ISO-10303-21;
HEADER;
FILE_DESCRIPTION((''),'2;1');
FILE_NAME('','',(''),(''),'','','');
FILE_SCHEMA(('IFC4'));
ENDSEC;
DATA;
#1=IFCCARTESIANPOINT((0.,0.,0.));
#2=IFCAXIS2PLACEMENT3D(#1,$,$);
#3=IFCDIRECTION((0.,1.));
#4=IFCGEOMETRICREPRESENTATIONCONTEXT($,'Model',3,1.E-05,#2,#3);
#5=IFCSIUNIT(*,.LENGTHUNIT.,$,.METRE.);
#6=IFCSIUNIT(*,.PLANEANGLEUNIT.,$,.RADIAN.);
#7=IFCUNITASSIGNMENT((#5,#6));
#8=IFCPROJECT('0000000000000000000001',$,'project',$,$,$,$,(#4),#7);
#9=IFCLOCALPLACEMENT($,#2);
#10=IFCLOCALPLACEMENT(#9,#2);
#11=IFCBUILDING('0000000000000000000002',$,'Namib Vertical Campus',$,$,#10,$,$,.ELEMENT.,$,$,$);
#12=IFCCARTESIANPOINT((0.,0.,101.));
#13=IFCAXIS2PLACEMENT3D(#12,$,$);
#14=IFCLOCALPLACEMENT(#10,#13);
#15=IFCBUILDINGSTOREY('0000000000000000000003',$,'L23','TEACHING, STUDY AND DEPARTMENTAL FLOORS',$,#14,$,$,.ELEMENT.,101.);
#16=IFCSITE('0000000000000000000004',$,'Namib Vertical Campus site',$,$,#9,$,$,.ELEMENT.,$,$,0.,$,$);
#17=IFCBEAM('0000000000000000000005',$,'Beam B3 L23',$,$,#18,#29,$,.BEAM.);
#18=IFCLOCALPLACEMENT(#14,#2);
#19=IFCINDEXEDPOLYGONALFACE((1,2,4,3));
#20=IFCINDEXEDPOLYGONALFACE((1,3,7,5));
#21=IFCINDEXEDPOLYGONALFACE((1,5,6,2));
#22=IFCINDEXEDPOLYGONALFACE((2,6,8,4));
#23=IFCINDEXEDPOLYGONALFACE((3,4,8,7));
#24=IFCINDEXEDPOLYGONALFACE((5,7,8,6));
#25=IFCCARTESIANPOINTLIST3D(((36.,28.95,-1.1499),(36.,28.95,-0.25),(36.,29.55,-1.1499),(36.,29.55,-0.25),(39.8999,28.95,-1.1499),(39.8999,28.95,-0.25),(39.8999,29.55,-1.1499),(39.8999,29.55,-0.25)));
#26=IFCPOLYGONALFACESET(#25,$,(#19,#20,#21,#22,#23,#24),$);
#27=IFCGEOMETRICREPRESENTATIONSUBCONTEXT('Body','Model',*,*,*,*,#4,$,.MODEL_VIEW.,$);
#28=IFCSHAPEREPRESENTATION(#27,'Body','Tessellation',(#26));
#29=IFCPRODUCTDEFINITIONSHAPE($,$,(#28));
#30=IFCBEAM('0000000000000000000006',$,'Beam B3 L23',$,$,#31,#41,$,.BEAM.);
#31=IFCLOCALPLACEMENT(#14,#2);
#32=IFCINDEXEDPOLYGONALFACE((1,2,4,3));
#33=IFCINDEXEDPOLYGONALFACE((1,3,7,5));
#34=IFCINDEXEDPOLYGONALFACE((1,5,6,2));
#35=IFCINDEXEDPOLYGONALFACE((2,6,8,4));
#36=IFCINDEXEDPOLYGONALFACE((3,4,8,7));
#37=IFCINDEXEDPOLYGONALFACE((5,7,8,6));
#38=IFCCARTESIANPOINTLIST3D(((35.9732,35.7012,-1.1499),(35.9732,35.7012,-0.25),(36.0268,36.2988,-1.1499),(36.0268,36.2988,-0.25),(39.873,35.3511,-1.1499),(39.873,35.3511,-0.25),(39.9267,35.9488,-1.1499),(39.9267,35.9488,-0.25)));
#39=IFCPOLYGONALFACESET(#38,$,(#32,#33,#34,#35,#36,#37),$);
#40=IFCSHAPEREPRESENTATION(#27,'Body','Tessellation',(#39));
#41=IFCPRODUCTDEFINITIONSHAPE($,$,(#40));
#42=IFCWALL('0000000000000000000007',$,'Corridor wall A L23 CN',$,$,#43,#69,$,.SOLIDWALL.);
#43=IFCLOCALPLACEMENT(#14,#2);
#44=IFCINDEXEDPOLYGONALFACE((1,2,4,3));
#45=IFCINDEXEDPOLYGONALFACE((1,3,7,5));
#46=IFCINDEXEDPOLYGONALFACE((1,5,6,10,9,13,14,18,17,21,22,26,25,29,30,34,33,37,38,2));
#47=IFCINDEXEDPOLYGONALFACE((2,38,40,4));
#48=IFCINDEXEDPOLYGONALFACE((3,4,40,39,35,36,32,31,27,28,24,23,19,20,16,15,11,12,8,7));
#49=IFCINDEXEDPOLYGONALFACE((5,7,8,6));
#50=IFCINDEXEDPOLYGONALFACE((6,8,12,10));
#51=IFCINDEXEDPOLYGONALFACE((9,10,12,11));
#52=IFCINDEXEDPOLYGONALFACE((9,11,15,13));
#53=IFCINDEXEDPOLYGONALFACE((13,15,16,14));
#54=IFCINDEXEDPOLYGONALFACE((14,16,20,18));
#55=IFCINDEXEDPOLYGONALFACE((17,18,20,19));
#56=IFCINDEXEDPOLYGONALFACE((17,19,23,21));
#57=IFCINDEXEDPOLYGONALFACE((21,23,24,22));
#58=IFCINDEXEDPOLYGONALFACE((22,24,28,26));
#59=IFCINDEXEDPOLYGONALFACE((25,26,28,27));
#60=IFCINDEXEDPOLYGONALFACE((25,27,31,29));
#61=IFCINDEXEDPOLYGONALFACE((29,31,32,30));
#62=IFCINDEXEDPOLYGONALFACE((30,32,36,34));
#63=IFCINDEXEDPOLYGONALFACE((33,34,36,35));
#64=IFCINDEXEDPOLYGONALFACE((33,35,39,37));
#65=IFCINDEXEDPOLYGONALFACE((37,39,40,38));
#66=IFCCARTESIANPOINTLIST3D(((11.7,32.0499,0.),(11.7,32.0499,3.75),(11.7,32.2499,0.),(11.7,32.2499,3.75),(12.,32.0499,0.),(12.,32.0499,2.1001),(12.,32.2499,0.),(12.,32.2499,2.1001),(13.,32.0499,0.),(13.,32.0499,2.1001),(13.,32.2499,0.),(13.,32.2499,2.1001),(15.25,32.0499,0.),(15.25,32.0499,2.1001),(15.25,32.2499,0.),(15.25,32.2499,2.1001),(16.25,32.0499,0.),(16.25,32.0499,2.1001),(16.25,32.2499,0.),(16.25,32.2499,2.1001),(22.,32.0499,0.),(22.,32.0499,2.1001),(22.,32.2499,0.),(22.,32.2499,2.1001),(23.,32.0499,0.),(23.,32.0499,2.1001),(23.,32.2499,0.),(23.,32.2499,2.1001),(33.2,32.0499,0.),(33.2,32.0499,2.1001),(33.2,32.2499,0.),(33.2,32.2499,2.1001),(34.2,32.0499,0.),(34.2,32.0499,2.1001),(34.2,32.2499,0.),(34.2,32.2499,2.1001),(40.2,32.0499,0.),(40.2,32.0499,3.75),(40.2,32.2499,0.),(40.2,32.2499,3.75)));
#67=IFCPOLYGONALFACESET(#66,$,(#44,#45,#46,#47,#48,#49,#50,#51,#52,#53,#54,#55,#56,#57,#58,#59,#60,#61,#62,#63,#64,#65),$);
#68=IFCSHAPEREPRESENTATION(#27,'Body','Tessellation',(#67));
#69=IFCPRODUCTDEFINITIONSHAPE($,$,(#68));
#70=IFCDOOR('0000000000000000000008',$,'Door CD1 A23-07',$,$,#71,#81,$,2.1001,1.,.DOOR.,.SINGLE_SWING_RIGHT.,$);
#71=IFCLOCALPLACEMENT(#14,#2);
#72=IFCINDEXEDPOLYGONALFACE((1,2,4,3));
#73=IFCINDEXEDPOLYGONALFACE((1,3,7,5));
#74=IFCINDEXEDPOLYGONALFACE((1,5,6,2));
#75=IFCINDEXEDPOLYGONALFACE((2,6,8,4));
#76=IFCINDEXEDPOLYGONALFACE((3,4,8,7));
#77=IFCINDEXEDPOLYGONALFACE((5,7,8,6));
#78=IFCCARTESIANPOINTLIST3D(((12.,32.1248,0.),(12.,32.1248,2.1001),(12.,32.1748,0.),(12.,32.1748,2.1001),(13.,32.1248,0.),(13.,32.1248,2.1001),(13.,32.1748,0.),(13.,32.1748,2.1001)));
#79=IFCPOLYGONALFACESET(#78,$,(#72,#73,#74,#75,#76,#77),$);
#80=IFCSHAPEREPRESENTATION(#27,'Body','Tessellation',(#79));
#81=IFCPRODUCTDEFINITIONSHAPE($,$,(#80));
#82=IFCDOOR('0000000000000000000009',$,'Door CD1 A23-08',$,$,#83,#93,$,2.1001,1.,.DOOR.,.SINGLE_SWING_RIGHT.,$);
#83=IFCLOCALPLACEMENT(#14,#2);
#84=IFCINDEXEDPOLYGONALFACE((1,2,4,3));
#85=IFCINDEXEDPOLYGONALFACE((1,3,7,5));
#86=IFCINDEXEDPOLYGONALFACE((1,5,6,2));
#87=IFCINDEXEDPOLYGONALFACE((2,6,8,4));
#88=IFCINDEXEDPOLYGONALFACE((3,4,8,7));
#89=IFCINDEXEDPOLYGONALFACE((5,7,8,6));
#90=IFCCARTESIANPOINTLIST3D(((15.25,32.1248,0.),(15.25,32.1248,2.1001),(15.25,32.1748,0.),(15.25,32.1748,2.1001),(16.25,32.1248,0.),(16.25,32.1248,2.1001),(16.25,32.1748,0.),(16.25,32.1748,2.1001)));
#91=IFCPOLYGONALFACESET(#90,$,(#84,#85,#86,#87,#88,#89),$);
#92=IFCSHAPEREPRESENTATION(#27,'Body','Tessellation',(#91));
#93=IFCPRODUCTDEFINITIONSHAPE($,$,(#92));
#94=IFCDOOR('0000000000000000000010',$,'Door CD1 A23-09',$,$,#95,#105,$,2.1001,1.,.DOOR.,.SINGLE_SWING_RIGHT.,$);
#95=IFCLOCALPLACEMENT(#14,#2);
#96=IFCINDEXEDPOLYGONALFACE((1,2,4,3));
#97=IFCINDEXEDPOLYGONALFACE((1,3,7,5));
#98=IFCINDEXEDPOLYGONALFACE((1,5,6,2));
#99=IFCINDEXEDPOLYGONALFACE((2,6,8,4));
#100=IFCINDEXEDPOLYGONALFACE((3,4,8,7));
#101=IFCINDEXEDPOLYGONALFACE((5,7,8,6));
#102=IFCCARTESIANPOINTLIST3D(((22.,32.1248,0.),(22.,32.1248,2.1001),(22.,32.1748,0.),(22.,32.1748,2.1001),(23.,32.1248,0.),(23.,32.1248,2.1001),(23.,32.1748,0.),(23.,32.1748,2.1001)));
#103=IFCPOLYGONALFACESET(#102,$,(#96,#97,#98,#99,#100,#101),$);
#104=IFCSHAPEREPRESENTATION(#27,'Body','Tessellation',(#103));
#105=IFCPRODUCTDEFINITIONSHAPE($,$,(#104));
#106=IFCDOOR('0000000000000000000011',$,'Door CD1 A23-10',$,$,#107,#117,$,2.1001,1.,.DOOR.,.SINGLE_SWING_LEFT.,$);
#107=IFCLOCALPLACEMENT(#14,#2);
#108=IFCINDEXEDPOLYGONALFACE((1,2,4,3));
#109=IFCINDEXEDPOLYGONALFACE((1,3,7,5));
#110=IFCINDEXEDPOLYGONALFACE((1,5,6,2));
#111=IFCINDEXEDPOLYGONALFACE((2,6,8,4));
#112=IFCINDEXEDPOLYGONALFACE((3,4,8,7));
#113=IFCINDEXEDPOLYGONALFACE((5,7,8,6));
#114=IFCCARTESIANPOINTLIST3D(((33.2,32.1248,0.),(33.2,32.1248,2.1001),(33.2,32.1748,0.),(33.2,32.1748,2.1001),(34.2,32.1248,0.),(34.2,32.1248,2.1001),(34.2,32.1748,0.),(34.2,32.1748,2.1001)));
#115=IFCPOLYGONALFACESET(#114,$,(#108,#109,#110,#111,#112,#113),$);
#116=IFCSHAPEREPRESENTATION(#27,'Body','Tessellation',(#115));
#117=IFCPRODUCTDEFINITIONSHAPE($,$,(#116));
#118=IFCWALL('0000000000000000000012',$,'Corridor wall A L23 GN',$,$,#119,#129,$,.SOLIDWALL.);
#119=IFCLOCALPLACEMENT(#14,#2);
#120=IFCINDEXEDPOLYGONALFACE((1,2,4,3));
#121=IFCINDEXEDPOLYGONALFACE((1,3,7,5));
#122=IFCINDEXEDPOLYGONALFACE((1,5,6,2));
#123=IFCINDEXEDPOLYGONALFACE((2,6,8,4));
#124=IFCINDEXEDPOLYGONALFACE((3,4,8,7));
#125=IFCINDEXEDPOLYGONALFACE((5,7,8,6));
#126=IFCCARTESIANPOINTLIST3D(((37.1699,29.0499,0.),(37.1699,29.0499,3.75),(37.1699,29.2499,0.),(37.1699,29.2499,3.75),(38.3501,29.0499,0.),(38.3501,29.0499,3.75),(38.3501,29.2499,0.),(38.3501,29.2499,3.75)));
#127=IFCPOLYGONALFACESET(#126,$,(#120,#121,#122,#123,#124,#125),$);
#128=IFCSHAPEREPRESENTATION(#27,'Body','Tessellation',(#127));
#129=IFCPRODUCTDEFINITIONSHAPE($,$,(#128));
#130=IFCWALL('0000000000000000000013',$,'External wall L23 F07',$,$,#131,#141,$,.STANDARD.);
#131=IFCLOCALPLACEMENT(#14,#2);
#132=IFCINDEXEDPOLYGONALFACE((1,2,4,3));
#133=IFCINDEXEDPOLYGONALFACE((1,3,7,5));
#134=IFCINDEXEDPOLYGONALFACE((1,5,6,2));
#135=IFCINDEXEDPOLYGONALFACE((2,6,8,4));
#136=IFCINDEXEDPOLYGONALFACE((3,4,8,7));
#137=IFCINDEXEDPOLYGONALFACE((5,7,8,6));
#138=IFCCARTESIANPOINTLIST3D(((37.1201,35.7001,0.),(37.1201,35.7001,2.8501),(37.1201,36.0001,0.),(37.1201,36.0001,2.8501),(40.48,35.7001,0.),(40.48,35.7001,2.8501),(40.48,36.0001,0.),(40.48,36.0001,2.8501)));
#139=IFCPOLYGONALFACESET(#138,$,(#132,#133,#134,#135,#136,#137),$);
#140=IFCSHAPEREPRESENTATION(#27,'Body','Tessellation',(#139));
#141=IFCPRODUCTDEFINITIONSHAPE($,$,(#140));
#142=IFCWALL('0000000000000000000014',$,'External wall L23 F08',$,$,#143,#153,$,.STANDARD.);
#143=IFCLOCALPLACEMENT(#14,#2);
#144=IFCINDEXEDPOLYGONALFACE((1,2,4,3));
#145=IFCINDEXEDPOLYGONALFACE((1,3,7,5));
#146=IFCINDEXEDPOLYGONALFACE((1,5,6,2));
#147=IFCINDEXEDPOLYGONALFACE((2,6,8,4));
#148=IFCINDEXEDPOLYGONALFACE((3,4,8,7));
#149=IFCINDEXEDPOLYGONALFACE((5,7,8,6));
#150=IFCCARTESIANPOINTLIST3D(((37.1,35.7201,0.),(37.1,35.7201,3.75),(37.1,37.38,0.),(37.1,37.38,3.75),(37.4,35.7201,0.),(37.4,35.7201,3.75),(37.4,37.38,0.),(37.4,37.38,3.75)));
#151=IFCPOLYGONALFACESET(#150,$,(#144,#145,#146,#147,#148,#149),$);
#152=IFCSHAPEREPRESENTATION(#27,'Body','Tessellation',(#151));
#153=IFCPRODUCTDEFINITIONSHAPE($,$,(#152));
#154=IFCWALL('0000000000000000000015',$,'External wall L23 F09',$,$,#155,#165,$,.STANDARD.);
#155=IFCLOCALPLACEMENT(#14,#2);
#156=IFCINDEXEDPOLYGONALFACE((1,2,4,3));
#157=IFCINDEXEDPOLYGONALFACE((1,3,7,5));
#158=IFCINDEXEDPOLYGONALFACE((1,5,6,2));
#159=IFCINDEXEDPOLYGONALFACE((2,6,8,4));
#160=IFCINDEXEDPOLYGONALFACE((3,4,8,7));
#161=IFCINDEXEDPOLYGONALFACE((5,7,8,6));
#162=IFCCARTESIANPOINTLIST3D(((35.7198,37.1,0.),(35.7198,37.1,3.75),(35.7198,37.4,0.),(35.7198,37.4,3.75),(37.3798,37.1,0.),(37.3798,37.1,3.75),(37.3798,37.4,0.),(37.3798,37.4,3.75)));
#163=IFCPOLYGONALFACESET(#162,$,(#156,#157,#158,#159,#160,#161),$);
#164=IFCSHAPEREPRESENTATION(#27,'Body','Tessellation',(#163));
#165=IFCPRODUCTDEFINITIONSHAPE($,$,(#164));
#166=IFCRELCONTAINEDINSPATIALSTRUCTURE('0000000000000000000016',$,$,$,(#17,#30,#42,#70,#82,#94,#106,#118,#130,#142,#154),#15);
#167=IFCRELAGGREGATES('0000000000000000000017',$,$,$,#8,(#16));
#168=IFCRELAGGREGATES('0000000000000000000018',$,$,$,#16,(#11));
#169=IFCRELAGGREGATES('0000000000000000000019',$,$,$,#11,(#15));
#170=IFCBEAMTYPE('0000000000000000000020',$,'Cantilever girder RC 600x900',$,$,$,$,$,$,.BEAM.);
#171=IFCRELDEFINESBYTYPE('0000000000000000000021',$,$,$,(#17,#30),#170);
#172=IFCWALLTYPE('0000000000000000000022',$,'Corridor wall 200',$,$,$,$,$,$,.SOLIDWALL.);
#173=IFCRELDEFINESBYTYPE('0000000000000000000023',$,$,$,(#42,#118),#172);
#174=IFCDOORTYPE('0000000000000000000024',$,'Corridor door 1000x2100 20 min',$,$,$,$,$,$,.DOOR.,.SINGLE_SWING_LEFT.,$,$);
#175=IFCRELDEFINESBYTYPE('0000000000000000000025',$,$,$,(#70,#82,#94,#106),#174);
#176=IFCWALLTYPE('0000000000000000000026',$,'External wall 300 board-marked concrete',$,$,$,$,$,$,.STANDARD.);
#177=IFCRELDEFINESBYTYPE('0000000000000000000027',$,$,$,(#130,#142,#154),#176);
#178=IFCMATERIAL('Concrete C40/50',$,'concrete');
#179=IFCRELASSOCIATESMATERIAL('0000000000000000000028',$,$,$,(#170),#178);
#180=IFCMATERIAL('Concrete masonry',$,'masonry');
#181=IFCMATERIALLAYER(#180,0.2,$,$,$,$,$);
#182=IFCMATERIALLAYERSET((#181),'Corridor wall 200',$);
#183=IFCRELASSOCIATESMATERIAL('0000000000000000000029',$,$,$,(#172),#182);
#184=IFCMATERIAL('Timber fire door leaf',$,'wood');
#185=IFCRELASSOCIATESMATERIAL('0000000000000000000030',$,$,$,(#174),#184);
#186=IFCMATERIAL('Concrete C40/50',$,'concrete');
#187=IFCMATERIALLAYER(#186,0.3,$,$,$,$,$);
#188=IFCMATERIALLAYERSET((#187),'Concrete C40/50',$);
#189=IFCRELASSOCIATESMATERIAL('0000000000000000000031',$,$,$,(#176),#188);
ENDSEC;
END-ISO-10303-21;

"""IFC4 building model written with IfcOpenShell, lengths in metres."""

from ifc_helpers import new_model, si_unit, direction, frame, frame_2d, origin, origin_2d, place, context, subcontext, project, spatial, rectangle, extrude, material, layer, layer_set, material_profile, profile_set, type_object, element, fill, save


model = new_model("IFC4")

# Units and contexts
model_context = context("Model", 3, precision=1e-05, world=origin(), true_north=direction((0.0, 1.0)))
body_context = subcontext(model_context, "Body", "Model", "MODEL_VIEW")
ifc_project = project(units=[si_unit("LENGTHUNIT", "METRE"), si_unit("PLANEANGLEUNIT", "RADIAN")], contexts=[model_context])

# Site, building, storey
site_placement = place(None, origin())
site = spatial("IfcSite", under=ifc_project, at=site_placement, Name="Namib Vertical Campus site", CompositionType="ELEMENT", RefElevation=0.0)
building_placement = place(site_placement, origin())
building = spatial("IfcBuilding", under=site, at=building_placement, Name="Namib Vertical Campus", CompositionType="ELEMENT")
storey_placement = place(building_placement, frame((0.0, 0.0, 101.0)))
storey = spatial("IfcBuildingStorey", under=building, at=storey_placement, Name="L23", Description="TEACHING, STUDY AND DEPARTMENTAL FLOORS", CompositionType="ELEMENT", Elevation=101.0)

# Beams
ifc_material_1 = material(Name="Concrete C40/50", Category="concrete")
ifc_material_profile = material_profile(ifc_material_1, rectangle(XDim=0.6001, YDim=0.8999, at=origin_2d()))
ifc_profile_set = profile_set([ifc_material_profile], Name="Concrete C40/50")
beam_type = type_object("IfcBeamType", Name="Cantilever girder RC 600x900", PredefinedType="BEAM", material=ifc_profile_set)
beam_1_placement = place(storey_placement, frame((36.0, 29.25, -0.7), z_axis=(1.0, 0.0, 0.0), x_axis=(0.0, 1.0, 0.0)))
element("IfcBeam", 1, at=beam_1_placement, inside=storey, type_object=beam_type, Name="Beam B3 L23", PredefinedType="BEAM", context=body_context, shape_type="SweptSolid", body=[
    extrude(rectangle(XDim=0.6001, YDim=0.8999, at=origin_2d()), origin(), (0.0, 0.0, 1.0), 3.8999),
])
beam_2_placement = place(storey_placement, frame((36.0, 36.0, -0.7), z_axis=(0.995995, -0.089411, 0.0), x_axis=(0.089411, 0.995995, 0.0)))
element("IfcBeam", 2, at=beam_2_placement, inside=storey, type_object=beam_type, Name="Beam B3 L23", PredefinedType="BEAM", context=body_context, shape_type="SweptSolid", body=[
    extrude(rectangle(XDim=0.6001, YDim=0.8999, at=origin_2d()), origin(), (0.0, 0.0, 1.0), 3.9155),
])

# Wall, openings, doors
ifc_material_2 = material(Name="Concrete masonry", Category="masonry")
ifc_layer_1 = layer(ifc_material_2, 0.2)
ifc_layer_set_1 = layer_set([ifc_layer_1], Name="Corridor wall 200")
wall_type_1 = type_object("IfcWallType", Name="Corridor wall 200", PredefinedType="SOLIDWALL", material=ifc_layer_set_1)
wall_1_placement = place(storey_placement, frame((40.2, 32.1499, 0.0), z_axis=(0.0, 0.0, 1.0), x_axis=(-1.0, 0.0, 0.0)))
wall_1 = element("IfcWall", 3, at=wall_1_placement, inside=storey, type_object=wall_type_1, Name="Corridor wall A L23 CN", PredefinedType="SOLIDWALL", context=body_context, shape_type="SweptSolid", body=[
    extrude(rectangle(XDim=28.5, YDim=0.2, at=frame_2d((14.25, 0.0))), origin(), (0.0, 0.0, 1.0), 3.75),
])
opening_1_placement = place(wall_1_placement, frame((27.2, 0.0, 0.0)))
opening_1 = element("IfcOpeningElement", 4, at=opening_1_placement, cuts=wall_1, PredefinedType="OPENING", context=body_context, shape_type="SweptSolid", body=[
    extrude(rectangle(XDim=1.0, YDim=2.1001, at=frame_2d((0.5, 1.05))), frame((0.0, 0.1099, 0.0), z_axis=(0.0, -1.0, 0.0), x_axis=(1.0, 0.0, 0.0)), (0.0, 0.0, 1.0), 0.22),
])
opening_2_placement = place(wall_1_placement, frame((23.95, 0.0, 0.0)))
opening_2 = element("IfcOpeningElement", 5, at=opening_2_placement, cuts=wall_1, PredefinedType="OPENING", context=body_context, shape_type="SweptSolid", body=[
    extrude(rectangle(XDim=1.0, YDim=2.1001, at=frame_2d((0.5, 1.05))), frame((0.0, 0.1099, 0.0), z_axis=(0.0, -1.0, 0.0), x_axis=(1.0, 0.0, 0.0)), (0.0, 0.0, 1.0), 0.22),
])
opening_3_placement = place(wall_1_placement, frame((17.2, 0.0, 0.0)))
opening_3 = element("IfcOpeningElement", 6, at=opening_3_placement, cuts=wall_1, PredefinedType="OPENING", context=body_context, shape_type="SweptSolid", body=[
    extrude(rectangle(XDim=1.0, YDim=2.1001, at=frame_2d((0.5, 1.05))), frame((0.0, 0.1099, 0.0), z_axis=(0.0, -1.0, 0.0), x_axis=(1.0, 0.0, 0.0)), (0.0, 0.0, 1.0), 0.22),
])
opening_4_placement = place(wall_1_placement, frame((6.0, 0.0, 0.0)))
opening_4 = element("IfcOpeningElement", 7, at=opening_4_placement, cuts=wall_1, PredefinedType="OPENING", context=body_context, shape_type="SweptSolid", body=[
    extrude(rectangle(XDim=1.0, YDim=2.1001, at=frame_2d((0.5, 1.05))), frame((0.0, 0.1099, 0.0), z_axis=(0.0, -1.0, 0.0), x_axis=(1.0, 0.0, 0.0)), (0.0, 0.0, 1.0), 0.22),
])
ifc_material_3 = material(Name="Timber fire door leaf", Category="wood")
door_type = type_object("IfcDoorType", Name="Corridor door 1000x2100 20 min", OperationType="SINGLE_SWING_LEFT", PredefinedType="DOOR", material=ifc_material_3)
door_1_placement = place(opening_1_placement, frame((1.0, 0.0, 0.0), z_axis=(0.0, 0.0, 1.0), x_axis=(-1.0, 0.0, 0.0)))
door_1 = element("IfcDoor", 8, at=door_1_placement, inside=storey, type_object=door_type, Name="Door CD1 A23-07", OperationType="SINGLE_SWING_RIGHT", OverallHeight=2.1001, OverallWidth=1.0, PredefinedType="DOOR", context=body_context, shape_type="SweptSolid", body=[
    extrude(rectangle(XDim=1.0, YDim=2.1001, at=frame_2d((0.5, 1.05))), frame((0.0, 0.0249, 0.0), z_axis=(0.0, -1.0, 0.0), x_axis=(1.0, 0.0, 0.0)), (0.0, 0.0, 1.0), 0.05),
])
fill(opening_1, door_1)
door_2_placement = place(opening_2_placement, frame((1.0, 0.0, 0.0), z_axis=(0.0, 0.0, 1.0), x_axis=(-1.0, 0.0, 0.0)))
door_2 = element("IfcDoor", 9, at=door_2_placement, inside=storey, type_object=door_type, Name="Door CD1 A23-08", OperationType="SINGLE_SWING_RIGHT", OverallHeight=2.1001, OverallWidth=1.0, PredefinedType="DOOR", context=body_context, shape_type="SweptSolid", body=[
    extrude(rectangle(XDim=1.0, YDim=2.1001, at=frame_2d((0.5, 1.05))), frame((0.0, 0.0249, 0.0), z_axis=(0.0, -1.0, 0.0), x_axis=(1.0, 0.0, 0.0)), (0.0, 0.0, 1.0), 0.05),
])
fill(opening_2, door_2)
door_3_placement = place(opening_3_placement, frame((1.0, 0.0, 0.0), z_axis=(0.0, 0.0, 1.0), x_axis=(-1.0, 0.0, 0.0)))
door_3 = element("IfcDoor", 10, at=door_3_placement, inside=storey, type_object=door_type, Name="Door CD1 A23-09", OperationType="SINGLE_SWING_RIGHT", OverallHeight=2.1001, OverallWidth=1.0, PredefinedType="DOOR", context=body_context, shape_type="SweptSolid", body=[
    extrude(rectangle(XDim=1.0, YDim=2.1001, at=frame_2d((0.5, 1.05))), frame((0.0, 0.0249, 0.0), z_axis=(0.0, -1.0, 0.0), x_axis=(1.0, 0.0, 0.0)), (0.0, 0.0, 1.0), 0.05),
])
fill(opening_3, door_3)
door_4_placement = place(opening_4_placement, frame((1.0, 0.0, 0.0), z_axis=(0.0, 0.0, 1.0), x_axis=(-1.0, 0.0, 0.0)))
door_4 = element("IfcDoor", 11, at=door_4_placement, inside=storey, type_object=door_type, Name="Door CD1 A23-10", OperationType="SINGLE_SWING_LEFT", OverallHeight=2.1001, OverallWidth=1.0, PredefinedType="DOOR", context=body_context, shape_type="SweptSolid", body=[
    extrude(rectangle(XDim=1.0, YDim=2.1001, at=frame_2d((0.5, 1.05))), frame((0.0, 0.0249, 0.0), z_axis=(0.0, -1.0, 0.0), x_axis=(1.0, 0.0, 0.0)), (0.0, 0.0, 1.0), 0.05),
])
fill(opening_4, door_4)

# Walls
wall_2_placement = place(storey_placement, frame((37.1699, 29.1499, 0.0), z_axis=(0.0, 0.0, 1.0), x_axis=(1.0, 0.0, 0.0)))
element("IfcWall", 12, at=wall_2_placement, inside=storey, type_object=wall_type_1, Name="Corridor wall A L23 GN", PredefinedType="SOLIDWALL", context=body_context, shape_type="SweptSolid", body=[
    extrude(rectangle(XDim=1.1802, YDim=0.2, at=frame_2d((0.5901, 0.0))), origin(), (0.0, 0.0, 1.0), 3.75),
])
ifc_material_4 = material(Name="Concrete C40/50", Category="concrete")
ifc_layer_2 = layer(ifc_material_4, 0.3)
ifc_layer_set_2 = layer_set([ifc_layer_2], Name="Concrete C40/50")
wall_type_2 = type_object("IfcWallType", Name="External wall 300 board-marked concrete", PredefinedType="STANDARD", material=ifc_layer_set_2)
wall_3_placement = place(storey_placement, frame((40.48, 35.8501, 0.0), z_axis=(0.0, 0.0, 1.0), x_axis=(-1.0, 0.0, 0.0)))
element("IfcWall", 13, at=wall_3_placement, inside=storey, type_object=wall_type_2, Name="External wall L23 F07", PredefinedType="STANDARD", context=body_context, shape_type="SweptSolid", body=[
    extrude(rectangle(XDim=3.3599, YDim=0.3, at=frame_2d((1.6799, 0.0))), origin(), (0.0, 0.0, 1.0), 2.8501),
])
for number, where, z_axis, x_axis, name in (
    (14, (37.25, 35.72, 0.0), (0.0, 0.0, 1.0), (0.0, 1.0, 0.0), "External wall L23 F08"),
    (15, (37.3799, 37.25, 0.0), (0.0, 0.0, 1.0), (-1.0, 0.0, 0.0), "External wall L23 F09"),
):
    element("IfcWall", number, at=place(storey_placement, frame(where, z_axis=z_axis, x_axis=x_axis)), inside=storey, type_object=wall_type_2, Name=name, PredefinedType="STANDARD", context=body_context, shape_type="SweptSolid", body=[
        extrude(rectangle(XDim=1.6599, YDim=0.3, at=frame_2d((0.8301, 0.0))), origin(), (0.0, 0.0, 1.0), 3.75),
    ])

save(model, "model.ifc")
